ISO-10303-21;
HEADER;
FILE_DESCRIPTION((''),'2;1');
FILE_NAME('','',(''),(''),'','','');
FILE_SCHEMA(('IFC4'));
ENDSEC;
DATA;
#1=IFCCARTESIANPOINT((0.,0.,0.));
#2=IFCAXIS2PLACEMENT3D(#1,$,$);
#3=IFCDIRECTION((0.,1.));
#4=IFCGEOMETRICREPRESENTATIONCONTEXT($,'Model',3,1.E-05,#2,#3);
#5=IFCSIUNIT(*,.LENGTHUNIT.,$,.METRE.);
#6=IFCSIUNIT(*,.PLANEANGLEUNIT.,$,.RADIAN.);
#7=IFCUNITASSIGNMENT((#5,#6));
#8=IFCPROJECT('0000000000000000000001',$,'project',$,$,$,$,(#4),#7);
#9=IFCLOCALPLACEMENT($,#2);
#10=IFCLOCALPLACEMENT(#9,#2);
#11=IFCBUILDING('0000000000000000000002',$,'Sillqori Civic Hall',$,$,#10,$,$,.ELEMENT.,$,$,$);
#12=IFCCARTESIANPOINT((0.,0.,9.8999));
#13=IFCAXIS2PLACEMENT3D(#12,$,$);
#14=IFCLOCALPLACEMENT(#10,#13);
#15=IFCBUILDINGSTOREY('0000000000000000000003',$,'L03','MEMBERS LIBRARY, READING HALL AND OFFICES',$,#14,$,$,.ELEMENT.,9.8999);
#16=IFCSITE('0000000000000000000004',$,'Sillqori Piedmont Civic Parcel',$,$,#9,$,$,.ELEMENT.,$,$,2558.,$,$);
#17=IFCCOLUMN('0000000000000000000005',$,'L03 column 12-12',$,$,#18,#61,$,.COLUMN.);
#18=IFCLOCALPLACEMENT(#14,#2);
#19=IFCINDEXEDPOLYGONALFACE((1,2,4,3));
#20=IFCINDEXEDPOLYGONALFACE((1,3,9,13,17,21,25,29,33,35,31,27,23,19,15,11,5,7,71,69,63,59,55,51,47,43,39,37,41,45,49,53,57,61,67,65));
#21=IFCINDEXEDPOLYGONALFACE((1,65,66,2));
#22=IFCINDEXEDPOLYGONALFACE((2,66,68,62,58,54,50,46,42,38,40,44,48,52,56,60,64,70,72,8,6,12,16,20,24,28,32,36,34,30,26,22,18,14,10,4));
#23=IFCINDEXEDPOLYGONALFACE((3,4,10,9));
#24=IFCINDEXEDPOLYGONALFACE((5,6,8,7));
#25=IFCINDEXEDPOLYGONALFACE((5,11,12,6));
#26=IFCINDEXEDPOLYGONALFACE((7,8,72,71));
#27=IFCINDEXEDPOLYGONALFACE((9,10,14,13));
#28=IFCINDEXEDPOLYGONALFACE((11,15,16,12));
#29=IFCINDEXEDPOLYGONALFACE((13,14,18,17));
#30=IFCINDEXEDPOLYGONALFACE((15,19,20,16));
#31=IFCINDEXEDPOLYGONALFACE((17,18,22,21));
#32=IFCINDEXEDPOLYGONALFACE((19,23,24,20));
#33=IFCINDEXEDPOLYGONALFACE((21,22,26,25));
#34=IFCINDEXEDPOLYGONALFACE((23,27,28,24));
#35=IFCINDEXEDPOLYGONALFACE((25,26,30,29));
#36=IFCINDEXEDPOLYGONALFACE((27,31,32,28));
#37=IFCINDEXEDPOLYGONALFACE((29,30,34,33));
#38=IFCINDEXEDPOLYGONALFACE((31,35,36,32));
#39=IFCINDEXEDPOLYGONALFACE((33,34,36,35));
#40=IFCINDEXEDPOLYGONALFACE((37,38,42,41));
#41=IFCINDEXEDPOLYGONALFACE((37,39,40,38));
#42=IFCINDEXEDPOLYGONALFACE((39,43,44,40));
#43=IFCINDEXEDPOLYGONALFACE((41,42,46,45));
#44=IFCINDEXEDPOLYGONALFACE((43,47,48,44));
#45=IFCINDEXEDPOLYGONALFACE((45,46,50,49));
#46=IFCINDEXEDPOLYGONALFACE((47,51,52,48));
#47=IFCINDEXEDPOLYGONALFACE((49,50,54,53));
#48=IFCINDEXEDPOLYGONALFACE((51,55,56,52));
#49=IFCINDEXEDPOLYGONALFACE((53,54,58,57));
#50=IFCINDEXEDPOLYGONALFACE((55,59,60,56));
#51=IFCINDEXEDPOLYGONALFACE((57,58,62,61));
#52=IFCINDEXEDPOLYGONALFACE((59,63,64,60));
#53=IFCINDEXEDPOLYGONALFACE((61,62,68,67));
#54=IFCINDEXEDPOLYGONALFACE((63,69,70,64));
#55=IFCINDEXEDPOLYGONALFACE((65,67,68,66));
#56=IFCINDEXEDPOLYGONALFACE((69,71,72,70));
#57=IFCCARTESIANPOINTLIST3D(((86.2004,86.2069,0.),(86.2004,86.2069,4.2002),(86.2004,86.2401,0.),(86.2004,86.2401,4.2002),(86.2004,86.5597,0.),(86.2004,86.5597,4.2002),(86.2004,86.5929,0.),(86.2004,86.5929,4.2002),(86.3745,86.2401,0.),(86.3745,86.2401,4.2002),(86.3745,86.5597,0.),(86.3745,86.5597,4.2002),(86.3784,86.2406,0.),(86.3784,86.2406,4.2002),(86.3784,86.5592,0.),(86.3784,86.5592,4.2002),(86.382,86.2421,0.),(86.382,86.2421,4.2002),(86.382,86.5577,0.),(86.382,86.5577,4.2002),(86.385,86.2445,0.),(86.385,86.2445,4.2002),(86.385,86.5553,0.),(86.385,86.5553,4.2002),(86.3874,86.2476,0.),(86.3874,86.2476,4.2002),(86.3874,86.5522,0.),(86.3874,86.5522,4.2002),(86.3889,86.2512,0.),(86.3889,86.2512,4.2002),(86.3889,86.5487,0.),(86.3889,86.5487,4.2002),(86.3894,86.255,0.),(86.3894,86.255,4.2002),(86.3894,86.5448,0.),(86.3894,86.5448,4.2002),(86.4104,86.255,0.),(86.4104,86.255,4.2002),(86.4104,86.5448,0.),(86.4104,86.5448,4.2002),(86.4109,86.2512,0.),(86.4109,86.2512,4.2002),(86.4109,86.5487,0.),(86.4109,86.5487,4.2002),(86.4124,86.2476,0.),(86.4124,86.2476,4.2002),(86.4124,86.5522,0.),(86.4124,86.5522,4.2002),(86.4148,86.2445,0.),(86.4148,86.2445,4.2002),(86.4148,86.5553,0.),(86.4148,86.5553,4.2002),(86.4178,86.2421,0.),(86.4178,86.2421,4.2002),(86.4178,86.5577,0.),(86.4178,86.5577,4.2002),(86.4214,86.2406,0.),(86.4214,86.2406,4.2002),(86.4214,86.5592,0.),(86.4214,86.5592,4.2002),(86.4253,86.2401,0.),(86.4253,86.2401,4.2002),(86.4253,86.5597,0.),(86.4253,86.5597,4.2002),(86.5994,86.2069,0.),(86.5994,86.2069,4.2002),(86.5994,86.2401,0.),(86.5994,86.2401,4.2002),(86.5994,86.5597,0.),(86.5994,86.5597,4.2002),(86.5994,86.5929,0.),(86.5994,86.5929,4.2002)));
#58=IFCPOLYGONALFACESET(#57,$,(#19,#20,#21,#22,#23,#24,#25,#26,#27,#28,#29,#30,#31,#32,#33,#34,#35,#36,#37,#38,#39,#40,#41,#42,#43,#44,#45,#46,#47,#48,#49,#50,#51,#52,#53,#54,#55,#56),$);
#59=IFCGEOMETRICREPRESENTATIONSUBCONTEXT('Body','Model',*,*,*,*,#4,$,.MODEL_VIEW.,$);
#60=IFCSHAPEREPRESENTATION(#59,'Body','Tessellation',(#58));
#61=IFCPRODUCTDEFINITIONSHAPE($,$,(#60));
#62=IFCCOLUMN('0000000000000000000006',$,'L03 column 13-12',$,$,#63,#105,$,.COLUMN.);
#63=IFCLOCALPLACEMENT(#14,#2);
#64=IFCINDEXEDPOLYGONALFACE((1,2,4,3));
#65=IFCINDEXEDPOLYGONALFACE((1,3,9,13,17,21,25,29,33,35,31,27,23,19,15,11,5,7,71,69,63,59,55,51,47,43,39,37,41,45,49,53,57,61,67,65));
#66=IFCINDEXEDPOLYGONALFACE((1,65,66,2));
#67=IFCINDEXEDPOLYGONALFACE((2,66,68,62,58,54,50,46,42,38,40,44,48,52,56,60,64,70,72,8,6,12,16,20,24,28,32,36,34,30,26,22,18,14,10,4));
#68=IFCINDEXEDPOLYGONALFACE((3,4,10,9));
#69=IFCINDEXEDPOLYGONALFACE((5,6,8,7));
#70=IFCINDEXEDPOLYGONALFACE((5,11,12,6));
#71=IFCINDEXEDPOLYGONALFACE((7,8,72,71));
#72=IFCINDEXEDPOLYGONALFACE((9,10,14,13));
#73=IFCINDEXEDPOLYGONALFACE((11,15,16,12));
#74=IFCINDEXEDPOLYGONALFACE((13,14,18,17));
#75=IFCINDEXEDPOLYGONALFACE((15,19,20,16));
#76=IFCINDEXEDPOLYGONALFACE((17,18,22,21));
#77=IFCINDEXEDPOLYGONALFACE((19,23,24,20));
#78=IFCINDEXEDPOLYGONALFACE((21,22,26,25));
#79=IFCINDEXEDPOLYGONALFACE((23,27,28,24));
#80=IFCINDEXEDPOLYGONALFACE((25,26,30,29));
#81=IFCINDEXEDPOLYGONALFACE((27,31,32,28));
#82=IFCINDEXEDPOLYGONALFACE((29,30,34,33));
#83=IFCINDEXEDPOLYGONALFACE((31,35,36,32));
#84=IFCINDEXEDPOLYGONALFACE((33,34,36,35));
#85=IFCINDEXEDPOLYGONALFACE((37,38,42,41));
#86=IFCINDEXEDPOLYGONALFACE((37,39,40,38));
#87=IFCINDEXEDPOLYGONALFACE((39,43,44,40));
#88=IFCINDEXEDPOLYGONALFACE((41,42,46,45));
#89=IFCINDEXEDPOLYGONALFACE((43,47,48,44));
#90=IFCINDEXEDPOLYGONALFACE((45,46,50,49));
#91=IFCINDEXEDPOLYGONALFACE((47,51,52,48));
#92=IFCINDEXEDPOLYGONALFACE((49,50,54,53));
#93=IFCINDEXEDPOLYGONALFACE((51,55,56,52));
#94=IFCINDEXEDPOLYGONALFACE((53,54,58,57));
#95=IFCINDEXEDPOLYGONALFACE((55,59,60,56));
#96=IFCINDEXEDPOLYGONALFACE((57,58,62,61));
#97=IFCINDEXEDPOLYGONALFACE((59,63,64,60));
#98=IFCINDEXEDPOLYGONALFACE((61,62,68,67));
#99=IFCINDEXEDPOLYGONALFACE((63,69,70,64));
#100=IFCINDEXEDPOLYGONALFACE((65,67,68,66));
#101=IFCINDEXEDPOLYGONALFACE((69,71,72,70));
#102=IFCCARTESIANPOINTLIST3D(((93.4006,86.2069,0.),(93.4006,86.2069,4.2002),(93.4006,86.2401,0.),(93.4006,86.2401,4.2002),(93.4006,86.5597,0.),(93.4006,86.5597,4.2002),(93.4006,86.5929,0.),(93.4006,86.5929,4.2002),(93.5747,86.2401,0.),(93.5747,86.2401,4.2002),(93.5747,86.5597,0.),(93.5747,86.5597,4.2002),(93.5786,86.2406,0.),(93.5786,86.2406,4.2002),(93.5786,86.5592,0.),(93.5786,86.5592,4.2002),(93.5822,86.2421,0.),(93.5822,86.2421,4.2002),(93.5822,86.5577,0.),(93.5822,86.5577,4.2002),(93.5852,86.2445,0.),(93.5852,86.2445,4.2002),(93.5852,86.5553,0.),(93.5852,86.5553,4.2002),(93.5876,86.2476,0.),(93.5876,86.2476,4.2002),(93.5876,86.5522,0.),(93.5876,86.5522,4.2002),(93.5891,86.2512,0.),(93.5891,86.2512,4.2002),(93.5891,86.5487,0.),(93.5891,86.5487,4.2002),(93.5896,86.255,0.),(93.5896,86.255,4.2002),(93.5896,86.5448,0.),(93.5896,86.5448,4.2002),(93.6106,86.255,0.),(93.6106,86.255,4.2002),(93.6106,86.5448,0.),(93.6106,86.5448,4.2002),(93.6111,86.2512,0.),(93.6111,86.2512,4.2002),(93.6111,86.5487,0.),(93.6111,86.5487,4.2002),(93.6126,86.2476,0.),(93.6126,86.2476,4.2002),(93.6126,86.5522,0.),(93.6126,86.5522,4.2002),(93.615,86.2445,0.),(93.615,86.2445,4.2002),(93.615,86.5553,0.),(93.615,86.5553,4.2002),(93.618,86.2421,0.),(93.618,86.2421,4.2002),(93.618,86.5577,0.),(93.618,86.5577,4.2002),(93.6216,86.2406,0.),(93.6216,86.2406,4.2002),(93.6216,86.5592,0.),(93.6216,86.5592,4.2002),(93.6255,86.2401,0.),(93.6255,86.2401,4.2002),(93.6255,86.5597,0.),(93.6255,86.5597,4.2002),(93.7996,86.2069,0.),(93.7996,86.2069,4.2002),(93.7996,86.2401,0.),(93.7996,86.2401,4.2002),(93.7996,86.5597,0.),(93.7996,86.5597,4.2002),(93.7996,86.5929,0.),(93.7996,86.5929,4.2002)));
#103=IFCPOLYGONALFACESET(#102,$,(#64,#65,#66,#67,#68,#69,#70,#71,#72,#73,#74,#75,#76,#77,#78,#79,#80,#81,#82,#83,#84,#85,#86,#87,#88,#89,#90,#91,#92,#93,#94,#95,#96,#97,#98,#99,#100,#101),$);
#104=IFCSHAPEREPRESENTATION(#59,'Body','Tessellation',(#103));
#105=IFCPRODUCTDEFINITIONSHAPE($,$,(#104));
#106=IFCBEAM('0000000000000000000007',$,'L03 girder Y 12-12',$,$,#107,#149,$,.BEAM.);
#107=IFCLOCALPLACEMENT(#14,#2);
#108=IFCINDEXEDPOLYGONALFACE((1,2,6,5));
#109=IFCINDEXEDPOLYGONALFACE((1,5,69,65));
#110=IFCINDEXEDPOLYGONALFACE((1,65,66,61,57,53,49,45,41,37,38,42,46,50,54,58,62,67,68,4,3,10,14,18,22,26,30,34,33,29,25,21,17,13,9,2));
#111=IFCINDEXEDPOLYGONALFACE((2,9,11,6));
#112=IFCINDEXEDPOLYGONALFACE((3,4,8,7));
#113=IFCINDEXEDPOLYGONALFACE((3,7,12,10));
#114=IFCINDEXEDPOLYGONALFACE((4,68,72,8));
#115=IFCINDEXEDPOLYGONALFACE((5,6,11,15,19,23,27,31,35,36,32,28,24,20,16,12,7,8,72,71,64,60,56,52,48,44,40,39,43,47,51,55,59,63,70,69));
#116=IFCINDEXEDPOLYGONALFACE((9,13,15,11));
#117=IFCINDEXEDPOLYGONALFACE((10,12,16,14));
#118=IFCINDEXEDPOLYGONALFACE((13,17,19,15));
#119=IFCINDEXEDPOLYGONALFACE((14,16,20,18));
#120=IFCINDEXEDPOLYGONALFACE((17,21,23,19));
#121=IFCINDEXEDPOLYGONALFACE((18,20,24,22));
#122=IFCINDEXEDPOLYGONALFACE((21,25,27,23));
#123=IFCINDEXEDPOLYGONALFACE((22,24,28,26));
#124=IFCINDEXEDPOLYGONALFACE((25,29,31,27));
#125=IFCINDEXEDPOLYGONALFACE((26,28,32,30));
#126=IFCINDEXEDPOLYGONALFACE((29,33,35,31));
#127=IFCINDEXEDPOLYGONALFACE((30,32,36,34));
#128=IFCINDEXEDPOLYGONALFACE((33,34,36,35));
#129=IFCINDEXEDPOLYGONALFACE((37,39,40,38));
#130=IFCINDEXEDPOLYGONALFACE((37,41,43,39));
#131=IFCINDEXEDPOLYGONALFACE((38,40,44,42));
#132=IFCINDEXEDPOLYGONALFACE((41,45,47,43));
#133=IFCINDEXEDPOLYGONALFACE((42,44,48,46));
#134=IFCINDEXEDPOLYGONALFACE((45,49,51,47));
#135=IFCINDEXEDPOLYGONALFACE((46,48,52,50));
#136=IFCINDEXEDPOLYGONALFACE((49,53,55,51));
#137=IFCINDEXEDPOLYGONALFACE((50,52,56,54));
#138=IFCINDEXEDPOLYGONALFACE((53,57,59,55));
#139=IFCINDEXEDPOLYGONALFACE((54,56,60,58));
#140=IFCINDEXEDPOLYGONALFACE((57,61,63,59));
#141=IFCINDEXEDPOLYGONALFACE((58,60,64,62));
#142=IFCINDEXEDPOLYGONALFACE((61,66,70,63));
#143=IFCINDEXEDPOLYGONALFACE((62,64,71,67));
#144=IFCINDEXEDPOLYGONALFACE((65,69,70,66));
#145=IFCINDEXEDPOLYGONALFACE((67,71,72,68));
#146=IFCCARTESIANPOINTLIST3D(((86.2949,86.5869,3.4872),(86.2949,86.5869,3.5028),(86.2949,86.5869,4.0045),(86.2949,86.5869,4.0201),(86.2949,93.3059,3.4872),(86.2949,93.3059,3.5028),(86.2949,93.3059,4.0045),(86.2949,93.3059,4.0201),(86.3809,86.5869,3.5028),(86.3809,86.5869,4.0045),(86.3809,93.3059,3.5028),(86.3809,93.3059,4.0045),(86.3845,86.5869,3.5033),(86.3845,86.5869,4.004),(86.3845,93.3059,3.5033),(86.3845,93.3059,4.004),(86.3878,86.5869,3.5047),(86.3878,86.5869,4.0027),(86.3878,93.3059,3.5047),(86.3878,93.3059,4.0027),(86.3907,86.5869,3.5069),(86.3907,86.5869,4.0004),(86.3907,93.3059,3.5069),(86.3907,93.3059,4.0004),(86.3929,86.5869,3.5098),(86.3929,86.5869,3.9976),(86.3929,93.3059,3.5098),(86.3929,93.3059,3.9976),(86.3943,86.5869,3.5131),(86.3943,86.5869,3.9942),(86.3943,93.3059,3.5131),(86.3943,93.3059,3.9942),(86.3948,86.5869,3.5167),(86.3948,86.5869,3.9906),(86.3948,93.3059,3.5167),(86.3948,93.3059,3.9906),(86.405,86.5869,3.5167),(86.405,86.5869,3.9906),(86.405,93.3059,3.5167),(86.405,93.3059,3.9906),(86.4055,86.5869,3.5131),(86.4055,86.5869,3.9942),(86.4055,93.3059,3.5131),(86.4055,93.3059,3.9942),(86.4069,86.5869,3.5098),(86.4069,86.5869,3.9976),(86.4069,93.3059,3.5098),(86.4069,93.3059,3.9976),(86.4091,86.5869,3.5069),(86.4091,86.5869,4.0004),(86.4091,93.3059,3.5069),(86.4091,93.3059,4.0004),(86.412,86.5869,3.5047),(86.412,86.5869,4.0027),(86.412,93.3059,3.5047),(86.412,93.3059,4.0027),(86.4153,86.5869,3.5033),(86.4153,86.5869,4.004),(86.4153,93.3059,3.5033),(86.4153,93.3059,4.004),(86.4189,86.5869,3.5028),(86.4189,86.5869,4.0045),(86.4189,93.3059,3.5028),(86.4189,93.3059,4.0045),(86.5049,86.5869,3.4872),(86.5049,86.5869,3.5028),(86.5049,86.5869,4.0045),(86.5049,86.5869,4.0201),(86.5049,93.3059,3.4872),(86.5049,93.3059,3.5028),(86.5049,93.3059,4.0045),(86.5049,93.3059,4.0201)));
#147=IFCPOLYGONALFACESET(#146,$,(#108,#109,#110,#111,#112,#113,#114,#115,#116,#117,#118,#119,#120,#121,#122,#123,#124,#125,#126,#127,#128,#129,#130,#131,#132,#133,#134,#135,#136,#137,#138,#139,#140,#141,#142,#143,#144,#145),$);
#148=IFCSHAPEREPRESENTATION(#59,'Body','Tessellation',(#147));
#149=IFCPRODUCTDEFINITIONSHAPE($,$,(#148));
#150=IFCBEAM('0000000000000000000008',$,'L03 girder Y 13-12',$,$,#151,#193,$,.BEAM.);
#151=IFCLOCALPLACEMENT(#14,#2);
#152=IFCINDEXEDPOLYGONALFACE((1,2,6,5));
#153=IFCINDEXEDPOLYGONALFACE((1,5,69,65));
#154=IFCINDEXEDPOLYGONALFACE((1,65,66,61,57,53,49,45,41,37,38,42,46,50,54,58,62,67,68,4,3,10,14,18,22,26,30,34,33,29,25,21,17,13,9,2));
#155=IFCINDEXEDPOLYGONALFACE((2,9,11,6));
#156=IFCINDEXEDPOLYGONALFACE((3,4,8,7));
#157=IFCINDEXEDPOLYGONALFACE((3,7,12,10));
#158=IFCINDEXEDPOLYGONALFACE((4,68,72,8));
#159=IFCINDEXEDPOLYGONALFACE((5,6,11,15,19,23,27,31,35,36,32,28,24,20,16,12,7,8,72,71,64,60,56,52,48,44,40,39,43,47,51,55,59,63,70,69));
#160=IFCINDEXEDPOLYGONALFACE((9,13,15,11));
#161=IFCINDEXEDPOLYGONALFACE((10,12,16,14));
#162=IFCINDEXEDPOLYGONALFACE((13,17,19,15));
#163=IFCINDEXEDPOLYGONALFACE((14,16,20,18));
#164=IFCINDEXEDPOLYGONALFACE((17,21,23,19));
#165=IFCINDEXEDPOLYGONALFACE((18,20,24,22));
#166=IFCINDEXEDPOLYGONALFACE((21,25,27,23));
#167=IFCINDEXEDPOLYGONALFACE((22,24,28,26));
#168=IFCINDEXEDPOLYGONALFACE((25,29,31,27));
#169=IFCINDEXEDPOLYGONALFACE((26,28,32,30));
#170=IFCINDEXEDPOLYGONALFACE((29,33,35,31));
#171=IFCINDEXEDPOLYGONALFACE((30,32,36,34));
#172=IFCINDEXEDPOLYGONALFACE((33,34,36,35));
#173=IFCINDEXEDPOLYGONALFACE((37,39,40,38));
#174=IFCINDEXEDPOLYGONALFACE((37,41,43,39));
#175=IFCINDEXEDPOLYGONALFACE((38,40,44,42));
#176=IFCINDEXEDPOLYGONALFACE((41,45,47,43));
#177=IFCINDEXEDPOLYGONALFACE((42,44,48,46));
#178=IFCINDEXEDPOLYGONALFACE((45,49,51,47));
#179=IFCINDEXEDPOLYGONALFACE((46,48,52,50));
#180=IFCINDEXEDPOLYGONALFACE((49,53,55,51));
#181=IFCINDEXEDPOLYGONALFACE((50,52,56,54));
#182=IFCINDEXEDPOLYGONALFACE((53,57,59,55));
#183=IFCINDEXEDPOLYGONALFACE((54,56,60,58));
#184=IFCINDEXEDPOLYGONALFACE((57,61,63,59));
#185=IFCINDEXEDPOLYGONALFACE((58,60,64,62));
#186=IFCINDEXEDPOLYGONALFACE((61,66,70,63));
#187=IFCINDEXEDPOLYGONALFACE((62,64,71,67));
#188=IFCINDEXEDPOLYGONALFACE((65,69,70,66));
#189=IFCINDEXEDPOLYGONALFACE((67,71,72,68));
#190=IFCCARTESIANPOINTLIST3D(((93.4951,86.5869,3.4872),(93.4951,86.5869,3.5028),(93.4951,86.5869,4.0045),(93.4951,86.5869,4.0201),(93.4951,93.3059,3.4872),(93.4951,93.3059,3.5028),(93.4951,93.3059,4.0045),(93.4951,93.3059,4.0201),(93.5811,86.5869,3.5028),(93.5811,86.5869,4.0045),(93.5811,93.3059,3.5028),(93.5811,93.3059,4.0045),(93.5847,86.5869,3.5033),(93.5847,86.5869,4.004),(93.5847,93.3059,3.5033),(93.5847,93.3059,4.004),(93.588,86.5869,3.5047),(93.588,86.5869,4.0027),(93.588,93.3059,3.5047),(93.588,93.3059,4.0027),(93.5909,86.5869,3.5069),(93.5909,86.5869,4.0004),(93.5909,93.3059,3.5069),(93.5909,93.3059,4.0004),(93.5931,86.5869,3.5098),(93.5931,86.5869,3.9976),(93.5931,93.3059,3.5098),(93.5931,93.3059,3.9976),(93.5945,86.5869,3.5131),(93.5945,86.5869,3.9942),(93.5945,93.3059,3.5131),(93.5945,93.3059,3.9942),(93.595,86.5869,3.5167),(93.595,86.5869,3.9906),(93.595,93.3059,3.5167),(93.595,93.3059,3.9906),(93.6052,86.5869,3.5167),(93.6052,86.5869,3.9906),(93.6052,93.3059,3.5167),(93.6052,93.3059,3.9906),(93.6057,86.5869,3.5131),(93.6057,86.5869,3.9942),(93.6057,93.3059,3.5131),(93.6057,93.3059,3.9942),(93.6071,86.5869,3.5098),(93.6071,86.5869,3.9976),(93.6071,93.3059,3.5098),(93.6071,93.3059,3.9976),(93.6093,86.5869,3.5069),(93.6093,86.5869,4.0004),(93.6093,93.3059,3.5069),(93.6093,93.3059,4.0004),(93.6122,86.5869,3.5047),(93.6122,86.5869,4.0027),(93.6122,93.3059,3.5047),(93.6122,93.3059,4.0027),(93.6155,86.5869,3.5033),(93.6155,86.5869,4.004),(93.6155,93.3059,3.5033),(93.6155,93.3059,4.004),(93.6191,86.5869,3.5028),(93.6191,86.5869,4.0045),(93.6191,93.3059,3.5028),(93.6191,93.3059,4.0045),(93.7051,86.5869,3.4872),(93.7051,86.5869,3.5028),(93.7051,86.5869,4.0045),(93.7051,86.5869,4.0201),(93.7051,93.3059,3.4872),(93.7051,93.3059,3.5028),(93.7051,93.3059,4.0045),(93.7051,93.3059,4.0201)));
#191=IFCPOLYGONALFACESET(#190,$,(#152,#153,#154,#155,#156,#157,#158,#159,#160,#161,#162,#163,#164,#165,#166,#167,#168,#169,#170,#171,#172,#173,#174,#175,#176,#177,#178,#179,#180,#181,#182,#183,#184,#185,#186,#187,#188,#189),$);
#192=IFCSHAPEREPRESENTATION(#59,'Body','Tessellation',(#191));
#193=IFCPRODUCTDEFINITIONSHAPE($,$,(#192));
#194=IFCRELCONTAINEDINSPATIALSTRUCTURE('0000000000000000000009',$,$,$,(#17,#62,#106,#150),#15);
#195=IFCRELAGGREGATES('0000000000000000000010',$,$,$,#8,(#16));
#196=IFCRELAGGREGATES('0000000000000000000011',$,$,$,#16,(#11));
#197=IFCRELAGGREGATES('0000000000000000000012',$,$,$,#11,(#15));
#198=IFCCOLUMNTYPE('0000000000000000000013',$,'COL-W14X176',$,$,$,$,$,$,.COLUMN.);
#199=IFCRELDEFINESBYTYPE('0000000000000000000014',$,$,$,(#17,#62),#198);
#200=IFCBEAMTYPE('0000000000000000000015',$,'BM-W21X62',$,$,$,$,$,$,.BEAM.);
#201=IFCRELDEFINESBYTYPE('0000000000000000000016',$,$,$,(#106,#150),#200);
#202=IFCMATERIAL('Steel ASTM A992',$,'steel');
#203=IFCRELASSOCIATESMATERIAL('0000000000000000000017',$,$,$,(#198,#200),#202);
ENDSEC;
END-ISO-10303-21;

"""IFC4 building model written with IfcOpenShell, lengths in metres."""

from ifc_helpers import new_model, si_unit, direction, frame, origin, origin_2d, place, context, subcontext, project, spatial, i_section, extrude, material, material_profile, profile_set, type_object, element, save


model = new_model("IFC4")

# Units and contexts
model_context = context("Model", 3, precision=1e-05, world=origin(), true_north=direction((0.0, 1.0)))
body_context = subcontext(model_context, "Body", "Model", "MODEL_VIEW")
ifc_project = project(units=[si_unit("LENGTHUNIT", "METRE"), si_unit("PLANEANGLEUNIT", "RADIAN")], contexts=[model_context])

# Site, building, storey
site_placement = place(None, origin())
site = spatial("IfcSite", under=ifc_project, at=site_placement, Name="Sillqori Piedmont Civic Parcel", CompositionType="ELEMENT", RefElevation=2558.0)
building_placement = place(site_placement, origin())
building = spatial("IfcBuilding", under=site, at=building_placement, Name="Sillqori Civic Hall", CompositionType="ELEMENT")
storey_placement = place(building_placement, frame((0.0, 0.0, 9.8999)))
storey = spatial("IfcBuildingStorey", under=building, at=storey_placement, Name="L03", Description="MEMBERS LIBRARY, READING HALL AND OFFICES", CompositionType="ELEMENT", Elevation=9.8999)

# Columns
ifc_material_1 = material(Name="Steel ASTM A992", Category="steel")
ifc_material_profile_1 = material_profile(ifc_material_1, i_section(OverallWidth=0.3989, OverallDepth=0.386, WebThickness=0.021, FlangeThickness=0.0332, FilletRadius=0.0149, at=origin_2d()), Name="W14X176")
ifc_profile_set_1 = profile_set([ifc_material_profile_1], Name="Steel ASTM A992")
column_type = type_object("IfcColumnType", Name="COL-W14X176", PredefinedType="COLUMN", material=ifc_profile_set_1)
for number, where, z_axis, x_axis, name in (
    (1, (86.3999, 86.3999, 0.0), (0.0, 0.0, 1.0), (1.0, 0.0, 0.0), "L03 column 12-12"),
    (2, (93.6001, 86.3999, 0.0), (0.0, 0.0, 1.0), (1.0, 0.0, 0.0), "L03 column 13-12"),
):
    element("IfcColumn", number, at=place(storey_placement, frame(where, z_axis=z_axis, x_axis=x_axis)), inside=storey, type_object=column_type, Name=name, PredefinedType="COLUMN", context=body_context, shape_type="SweptSolid", body=[
        extrude(i_section(OverallWidth=0.3989, OverallDepth=0.386, WebThickness=0.021, FlangeThickness=0.0332, FilletRadius=0.0149, at=origin_2d()), origin(), (0.0, 0.0, 1.0), 4.2002),
    ])

# Beams
ifc_material_profile_2 = material_profile(ifc_material_1, i_section(OverallWidth=0.21, OverallDepth=0.533, WebThickness=0.0103, FlangeThickness=0.0156, FilletRadius=0.0139, at=origin_2d()), Name="W21X62")
ifc_profile_set_2 = profile_set([ifc_material_profile_2], Name="Steel ASTM A992")
beam_type_1 = type_object("IfcBeamType", Name="BM-W21X62", PredefinedType="BEAM", material=ifc_profile_set_2)
for number, where, z_axis, x_axis, name in (
    (3, (86.3999, 86.5869, 3.7537), (0.0, 1.0, 0.0), (-1.0, 0.0, 0.0), "L03 girder Y 12-12"),
    (4, (93.6001, 86.5869, 3.7537), (0.0, 1.0, 0.0), (-1.0, 0.0, 0.0), "L03 girder Y 13-12"),
):
    element("IfcBeam", number, at=place(storey_placement, frame(where, z_axis=z_axis, x_axis=x_axis)), inside=storey, type_object=beam_type_1, Name=name, PredefinedType="BEAM", context=body_context, shape_type="SweptSolid", body=[
        extrude(i_section(OverallWidth=0.21, OverallDepth=0.533, WebThickness=0.0103, FlangeThickness=0.0156, FilletRadius=0.0139, at=origin_2d()), origin(), (0.0, 0.0, 1.0), 6.719),
    ])

save(model, "model.ifc")
